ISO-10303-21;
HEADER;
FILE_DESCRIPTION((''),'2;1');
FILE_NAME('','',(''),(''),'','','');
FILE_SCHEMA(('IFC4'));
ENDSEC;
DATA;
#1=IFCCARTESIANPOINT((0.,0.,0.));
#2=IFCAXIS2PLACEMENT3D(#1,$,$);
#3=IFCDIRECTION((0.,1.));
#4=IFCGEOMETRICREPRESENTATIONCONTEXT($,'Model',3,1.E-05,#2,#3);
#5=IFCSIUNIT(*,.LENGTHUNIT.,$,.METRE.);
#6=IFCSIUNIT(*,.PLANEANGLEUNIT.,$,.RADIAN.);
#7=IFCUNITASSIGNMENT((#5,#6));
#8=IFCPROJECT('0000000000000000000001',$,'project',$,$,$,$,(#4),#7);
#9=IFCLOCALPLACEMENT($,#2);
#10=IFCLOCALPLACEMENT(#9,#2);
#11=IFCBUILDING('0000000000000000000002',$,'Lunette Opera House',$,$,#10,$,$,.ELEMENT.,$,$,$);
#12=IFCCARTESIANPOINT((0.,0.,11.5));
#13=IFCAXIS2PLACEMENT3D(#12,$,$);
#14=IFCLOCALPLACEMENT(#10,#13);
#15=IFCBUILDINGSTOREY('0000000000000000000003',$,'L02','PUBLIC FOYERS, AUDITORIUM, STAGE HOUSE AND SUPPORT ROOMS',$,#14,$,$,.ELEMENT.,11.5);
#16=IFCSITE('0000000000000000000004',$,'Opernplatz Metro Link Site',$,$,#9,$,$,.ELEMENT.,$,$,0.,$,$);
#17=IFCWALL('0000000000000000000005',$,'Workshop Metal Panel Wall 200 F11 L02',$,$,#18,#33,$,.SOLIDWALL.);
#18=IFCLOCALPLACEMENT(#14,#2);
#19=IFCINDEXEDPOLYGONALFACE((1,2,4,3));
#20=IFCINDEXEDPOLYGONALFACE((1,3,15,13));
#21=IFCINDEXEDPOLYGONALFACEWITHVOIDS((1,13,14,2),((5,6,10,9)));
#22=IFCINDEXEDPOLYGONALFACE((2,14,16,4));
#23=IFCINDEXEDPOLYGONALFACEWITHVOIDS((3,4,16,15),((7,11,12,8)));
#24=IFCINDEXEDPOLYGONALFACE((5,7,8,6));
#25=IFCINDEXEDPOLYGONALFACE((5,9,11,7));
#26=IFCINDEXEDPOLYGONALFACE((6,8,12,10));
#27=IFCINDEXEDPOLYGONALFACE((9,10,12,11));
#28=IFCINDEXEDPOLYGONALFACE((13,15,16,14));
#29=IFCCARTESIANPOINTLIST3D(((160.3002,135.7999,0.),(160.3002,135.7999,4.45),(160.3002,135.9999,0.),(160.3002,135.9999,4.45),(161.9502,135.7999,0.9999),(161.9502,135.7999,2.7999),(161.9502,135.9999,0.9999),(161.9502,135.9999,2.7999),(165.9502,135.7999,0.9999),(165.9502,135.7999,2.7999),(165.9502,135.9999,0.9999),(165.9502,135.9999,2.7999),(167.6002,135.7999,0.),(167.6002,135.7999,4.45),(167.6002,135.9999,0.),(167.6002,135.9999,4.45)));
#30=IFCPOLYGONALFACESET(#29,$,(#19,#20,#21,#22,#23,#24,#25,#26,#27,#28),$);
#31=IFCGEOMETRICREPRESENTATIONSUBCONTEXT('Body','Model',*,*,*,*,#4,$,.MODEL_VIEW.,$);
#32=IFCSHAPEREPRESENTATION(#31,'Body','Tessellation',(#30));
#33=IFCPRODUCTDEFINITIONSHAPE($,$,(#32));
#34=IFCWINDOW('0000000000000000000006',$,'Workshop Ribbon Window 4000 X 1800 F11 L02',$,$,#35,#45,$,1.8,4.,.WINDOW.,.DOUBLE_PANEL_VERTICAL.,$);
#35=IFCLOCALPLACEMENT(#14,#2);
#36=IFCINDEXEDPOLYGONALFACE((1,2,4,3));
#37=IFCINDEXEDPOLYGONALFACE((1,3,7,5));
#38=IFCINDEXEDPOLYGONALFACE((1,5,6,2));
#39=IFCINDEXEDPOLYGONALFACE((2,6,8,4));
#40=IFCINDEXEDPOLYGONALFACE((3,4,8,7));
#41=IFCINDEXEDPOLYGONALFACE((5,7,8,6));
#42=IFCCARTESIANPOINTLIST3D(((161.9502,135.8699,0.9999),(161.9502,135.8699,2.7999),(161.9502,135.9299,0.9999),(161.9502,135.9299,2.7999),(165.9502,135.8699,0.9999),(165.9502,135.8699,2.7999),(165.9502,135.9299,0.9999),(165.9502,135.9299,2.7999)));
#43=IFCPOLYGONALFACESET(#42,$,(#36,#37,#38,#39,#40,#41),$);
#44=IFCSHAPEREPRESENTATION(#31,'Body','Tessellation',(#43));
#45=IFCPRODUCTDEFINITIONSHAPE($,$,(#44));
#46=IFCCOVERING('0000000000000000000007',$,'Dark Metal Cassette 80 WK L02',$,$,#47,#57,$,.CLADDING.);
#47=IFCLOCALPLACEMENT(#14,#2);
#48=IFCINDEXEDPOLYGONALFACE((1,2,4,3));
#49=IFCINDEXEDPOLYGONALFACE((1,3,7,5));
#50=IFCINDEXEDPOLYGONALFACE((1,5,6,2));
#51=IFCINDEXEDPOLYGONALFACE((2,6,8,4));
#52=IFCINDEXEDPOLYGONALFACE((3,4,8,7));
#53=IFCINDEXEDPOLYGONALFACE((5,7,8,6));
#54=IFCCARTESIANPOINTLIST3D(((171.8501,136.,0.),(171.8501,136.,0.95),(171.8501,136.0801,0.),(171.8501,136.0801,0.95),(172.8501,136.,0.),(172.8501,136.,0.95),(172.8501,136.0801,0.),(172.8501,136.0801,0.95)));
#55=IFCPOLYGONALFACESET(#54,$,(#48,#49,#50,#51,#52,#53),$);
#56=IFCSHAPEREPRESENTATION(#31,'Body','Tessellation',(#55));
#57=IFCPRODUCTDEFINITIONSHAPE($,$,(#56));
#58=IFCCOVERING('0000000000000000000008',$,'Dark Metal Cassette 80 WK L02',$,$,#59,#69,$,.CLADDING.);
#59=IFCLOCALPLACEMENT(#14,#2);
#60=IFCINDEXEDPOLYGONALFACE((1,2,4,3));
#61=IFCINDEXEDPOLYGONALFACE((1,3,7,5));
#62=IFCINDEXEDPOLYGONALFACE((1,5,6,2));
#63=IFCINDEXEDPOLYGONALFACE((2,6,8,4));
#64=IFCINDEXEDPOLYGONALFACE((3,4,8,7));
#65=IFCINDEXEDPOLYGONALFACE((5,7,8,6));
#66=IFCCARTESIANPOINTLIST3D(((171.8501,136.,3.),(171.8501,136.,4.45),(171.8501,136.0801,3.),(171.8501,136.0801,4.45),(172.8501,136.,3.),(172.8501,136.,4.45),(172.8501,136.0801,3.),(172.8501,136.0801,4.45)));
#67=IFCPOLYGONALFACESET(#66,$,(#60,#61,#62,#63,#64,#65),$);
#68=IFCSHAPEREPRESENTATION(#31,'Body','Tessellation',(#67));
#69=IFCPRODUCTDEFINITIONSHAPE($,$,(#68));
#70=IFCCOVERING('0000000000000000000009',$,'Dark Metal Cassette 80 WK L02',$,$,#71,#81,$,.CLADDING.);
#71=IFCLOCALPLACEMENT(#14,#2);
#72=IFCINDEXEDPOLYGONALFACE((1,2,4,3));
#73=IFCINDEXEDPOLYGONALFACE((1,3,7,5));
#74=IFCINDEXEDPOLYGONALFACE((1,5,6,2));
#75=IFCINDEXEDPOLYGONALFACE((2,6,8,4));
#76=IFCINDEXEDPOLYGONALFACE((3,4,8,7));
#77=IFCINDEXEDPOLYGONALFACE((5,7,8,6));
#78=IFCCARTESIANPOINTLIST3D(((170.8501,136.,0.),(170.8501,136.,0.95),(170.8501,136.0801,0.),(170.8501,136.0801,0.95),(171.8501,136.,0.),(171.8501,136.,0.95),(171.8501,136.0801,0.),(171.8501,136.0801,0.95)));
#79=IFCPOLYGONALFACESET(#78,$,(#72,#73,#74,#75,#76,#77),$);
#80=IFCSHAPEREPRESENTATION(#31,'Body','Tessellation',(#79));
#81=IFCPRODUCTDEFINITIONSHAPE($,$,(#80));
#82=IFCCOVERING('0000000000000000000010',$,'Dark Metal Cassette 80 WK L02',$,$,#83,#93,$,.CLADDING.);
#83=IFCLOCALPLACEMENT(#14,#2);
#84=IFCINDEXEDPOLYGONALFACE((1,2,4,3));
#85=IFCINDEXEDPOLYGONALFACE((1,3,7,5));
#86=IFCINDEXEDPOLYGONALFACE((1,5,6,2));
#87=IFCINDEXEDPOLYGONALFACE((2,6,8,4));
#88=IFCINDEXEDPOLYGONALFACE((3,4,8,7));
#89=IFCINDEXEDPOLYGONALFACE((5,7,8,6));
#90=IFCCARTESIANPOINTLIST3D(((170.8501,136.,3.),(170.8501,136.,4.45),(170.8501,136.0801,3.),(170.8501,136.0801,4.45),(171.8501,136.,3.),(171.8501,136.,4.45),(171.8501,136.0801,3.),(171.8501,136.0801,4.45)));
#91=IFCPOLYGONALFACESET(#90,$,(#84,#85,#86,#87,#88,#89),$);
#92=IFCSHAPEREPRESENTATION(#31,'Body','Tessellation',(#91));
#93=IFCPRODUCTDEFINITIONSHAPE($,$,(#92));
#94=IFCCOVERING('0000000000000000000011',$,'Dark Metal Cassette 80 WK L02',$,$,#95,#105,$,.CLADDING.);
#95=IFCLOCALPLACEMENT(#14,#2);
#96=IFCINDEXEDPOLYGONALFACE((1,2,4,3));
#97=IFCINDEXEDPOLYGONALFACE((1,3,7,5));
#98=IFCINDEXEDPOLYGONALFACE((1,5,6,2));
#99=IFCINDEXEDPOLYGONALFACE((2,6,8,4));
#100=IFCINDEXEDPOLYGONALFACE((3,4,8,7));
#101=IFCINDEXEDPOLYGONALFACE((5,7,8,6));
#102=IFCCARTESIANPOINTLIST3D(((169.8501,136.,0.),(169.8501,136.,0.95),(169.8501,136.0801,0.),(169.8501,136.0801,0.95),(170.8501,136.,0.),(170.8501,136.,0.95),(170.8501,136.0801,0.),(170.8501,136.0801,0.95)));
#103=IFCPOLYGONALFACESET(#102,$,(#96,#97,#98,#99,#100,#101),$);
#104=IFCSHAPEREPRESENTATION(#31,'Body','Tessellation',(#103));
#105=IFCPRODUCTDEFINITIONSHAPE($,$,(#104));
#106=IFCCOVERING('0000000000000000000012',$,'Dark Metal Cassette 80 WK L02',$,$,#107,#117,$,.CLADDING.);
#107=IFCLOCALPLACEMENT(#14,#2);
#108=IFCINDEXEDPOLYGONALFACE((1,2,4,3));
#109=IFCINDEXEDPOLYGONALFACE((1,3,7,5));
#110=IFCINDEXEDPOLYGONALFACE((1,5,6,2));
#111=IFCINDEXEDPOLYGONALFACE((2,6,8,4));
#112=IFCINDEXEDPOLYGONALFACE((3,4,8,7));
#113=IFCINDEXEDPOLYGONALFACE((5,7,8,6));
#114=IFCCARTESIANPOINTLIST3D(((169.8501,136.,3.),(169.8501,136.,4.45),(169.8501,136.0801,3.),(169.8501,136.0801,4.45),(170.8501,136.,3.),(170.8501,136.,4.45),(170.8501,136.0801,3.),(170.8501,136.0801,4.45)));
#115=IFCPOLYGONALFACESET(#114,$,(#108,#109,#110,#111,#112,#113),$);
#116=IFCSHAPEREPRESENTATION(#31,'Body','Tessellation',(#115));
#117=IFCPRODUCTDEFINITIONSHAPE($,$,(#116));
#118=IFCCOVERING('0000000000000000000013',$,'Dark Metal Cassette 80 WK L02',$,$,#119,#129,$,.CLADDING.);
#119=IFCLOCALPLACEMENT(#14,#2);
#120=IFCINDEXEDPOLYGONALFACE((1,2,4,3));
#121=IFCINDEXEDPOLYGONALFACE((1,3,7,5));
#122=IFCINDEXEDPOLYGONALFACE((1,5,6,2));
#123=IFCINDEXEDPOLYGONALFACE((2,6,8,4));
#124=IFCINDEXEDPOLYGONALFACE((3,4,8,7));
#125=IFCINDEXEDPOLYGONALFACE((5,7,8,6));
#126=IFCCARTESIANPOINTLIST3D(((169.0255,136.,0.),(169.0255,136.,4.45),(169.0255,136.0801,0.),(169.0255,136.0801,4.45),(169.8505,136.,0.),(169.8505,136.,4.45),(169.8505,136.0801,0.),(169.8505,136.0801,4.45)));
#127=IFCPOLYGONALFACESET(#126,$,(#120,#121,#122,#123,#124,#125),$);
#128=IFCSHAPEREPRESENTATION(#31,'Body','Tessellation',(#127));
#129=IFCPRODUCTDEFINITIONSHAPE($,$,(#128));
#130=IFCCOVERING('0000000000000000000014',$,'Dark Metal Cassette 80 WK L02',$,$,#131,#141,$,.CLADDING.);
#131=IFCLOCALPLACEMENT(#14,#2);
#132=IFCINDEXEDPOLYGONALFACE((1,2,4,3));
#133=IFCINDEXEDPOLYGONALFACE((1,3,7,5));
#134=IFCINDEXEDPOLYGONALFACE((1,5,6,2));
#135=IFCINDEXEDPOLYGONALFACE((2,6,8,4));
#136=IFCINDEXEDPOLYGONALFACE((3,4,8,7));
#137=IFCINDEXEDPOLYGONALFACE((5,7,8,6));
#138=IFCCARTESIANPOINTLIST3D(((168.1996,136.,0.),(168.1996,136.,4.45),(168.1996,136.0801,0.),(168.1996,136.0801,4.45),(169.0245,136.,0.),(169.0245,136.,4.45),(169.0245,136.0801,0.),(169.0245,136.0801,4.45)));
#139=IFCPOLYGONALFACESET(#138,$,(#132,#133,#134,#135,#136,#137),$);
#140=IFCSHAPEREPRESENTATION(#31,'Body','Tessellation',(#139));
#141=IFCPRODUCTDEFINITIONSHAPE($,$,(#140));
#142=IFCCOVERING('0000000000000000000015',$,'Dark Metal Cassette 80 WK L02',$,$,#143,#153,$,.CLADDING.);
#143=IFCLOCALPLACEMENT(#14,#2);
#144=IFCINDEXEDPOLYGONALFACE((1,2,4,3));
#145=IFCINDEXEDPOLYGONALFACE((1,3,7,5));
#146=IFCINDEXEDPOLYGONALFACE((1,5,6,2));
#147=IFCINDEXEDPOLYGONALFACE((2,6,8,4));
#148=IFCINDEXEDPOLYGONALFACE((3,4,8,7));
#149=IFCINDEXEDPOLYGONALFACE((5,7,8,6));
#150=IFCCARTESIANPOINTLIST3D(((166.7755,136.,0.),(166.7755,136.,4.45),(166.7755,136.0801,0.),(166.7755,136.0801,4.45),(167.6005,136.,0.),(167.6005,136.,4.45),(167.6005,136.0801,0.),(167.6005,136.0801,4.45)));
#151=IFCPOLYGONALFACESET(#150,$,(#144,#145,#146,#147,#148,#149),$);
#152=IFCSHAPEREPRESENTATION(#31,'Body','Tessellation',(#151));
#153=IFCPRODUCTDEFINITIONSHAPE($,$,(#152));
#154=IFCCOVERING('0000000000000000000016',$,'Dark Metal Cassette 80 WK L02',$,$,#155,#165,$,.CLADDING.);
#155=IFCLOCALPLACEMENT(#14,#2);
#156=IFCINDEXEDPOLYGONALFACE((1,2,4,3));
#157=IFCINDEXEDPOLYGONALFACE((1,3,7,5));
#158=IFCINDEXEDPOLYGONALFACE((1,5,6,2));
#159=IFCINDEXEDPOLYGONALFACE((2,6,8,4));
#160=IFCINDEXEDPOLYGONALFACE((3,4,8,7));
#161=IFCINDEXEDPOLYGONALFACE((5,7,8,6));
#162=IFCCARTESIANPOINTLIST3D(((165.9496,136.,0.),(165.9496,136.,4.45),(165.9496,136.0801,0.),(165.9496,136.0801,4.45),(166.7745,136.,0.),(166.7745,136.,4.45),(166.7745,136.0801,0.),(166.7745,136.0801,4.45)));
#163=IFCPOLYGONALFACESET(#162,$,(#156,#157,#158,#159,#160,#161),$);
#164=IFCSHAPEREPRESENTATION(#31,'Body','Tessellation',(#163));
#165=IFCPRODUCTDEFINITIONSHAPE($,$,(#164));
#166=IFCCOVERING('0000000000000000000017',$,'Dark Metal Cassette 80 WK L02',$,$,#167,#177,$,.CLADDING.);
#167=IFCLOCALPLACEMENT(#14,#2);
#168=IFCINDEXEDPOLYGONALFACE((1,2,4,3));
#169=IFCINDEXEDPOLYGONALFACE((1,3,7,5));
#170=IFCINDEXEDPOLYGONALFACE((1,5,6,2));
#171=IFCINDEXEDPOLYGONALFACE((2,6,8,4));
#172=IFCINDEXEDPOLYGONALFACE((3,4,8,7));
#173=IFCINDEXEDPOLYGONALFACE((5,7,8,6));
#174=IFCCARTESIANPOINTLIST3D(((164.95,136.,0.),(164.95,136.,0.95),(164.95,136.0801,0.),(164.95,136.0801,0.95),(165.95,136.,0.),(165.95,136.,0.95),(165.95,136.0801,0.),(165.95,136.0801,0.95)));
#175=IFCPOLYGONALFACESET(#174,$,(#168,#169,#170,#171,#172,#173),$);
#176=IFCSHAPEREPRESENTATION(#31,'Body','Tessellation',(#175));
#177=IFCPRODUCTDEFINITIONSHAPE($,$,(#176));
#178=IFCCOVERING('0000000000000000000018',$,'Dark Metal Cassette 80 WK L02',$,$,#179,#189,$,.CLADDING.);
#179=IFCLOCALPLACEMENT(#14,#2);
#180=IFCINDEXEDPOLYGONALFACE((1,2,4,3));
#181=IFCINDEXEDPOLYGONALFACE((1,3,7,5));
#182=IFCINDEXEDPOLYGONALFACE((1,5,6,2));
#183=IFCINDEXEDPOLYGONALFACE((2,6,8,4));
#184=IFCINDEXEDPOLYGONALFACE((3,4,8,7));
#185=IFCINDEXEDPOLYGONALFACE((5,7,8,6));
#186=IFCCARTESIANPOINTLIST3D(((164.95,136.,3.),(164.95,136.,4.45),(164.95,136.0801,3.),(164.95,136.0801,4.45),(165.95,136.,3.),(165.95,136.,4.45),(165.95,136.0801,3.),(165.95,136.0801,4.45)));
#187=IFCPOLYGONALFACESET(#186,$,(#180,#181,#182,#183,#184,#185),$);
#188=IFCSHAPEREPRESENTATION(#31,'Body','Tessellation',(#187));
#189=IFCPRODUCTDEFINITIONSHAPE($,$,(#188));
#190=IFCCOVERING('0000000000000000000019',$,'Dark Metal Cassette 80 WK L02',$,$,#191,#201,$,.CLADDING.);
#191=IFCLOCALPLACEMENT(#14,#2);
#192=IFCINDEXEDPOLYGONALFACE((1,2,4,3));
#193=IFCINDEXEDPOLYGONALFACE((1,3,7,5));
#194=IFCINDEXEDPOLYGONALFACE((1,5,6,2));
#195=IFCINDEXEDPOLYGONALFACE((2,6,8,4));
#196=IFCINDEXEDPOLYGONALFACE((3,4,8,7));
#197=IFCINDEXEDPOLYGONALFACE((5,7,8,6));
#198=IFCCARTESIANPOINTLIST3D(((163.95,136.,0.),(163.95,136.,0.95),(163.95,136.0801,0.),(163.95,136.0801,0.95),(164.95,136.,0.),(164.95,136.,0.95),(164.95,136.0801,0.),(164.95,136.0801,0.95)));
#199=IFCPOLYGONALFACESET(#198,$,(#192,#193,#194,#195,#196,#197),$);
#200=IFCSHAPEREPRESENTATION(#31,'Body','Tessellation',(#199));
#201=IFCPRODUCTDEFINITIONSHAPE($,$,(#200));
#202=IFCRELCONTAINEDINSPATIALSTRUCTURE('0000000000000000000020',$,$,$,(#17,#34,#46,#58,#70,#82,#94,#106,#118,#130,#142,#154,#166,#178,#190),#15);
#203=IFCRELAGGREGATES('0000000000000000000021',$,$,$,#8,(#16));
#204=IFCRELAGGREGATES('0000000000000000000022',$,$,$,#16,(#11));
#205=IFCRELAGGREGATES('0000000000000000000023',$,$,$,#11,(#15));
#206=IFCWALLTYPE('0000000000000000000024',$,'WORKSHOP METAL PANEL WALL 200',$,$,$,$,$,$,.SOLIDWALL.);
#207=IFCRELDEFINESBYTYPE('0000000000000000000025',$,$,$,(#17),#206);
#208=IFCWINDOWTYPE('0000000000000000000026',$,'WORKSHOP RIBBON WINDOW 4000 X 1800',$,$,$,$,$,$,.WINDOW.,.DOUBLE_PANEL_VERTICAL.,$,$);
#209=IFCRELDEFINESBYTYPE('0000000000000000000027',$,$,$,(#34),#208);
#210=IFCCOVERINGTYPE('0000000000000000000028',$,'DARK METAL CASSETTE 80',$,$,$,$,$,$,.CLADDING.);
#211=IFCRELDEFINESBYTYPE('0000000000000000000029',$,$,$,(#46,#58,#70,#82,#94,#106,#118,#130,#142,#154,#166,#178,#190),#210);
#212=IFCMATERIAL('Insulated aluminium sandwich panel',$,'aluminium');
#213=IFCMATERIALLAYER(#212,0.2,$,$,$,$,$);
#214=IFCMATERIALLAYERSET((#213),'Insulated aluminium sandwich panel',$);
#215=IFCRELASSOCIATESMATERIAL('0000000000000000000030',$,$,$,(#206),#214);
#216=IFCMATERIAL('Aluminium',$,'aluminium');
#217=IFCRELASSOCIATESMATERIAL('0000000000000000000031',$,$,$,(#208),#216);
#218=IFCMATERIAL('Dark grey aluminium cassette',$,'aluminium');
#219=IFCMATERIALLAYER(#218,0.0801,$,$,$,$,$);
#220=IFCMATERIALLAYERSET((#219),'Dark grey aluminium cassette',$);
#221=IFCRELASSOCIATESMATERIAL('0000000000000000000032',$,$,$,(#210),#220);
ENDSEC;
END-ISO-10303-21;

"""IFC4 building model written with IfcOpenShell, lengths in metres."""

from ifc_helpers import new_model, si_unit, direction, frame, frame_2d, origin, origin_2d, place, context, subcontext, project, spatial, rectangle, extrude, material, layer, layer_set, type_object, element, fill, save


model = new_model("IFC4")

# Units and contexts
model_context = context("Model", 3, precision=1e-05, world=origin(), true_north=direction((0.0, 1.0)))
body_context = subcontext(model_context, "Body", "Model", "MODEL_VIEW")
ifc_project = project(units=[si_unit("LENGTHUNIT", "METRE"), si_unit("PLANEANGLEUNIT", "RADIAN")], contexts=[model_context])

# Site, building, storey
site_placement = place(None, origin())
site = spatial("IfcSite", under=ifc_project, at=site_placement, Name="Opernplatz Metro Link Site", CompositionType="ELEMENT", RefElevation=0.0)
building_placement = place(site_placement, origin())
building = spatial("IfcBuilding", under=site, at=building_placement, Name="Lunette Opera House", CompositionType="ELEMENT")
storey_placement = place(building_placement, frame((0.0, 0.0, 11.5)))
storey = spatial("IfcBuildingStorey", under=building, at=storey_placement, Name="L02", Description="PUBLIC FOYERS, AUDITORIUM, STAGE HOUSE AND SUPPORT ROOMS", CompositionType="ELEMENT", Elevation=11.5)

# Wall, opening, window
ifc_material_1 = material(Name="Insulated aluminium sandwich panel", Category="aluminium")
ifc_layer_1 = layer(ifc_material_1, 0.2)
ifc_layer_set_1 = layer_set([ifc_layer_1], Name="Insulated aluminium sandwich panel")
wall_type = type_object("IfcWallType", Name="WORKSHOP METAL PANEL WALL 200", PredefinedType="SOLIDWALL", material=ifc_layer_set_1)
wall_placement = place(storey_placement, frame((167.6001, 135.8999, 0.0), z_axis=(0.0, 0.0, 1.0), x_axis=(-1.0, 0.0, 0.0)))
wall = element("IfcWall", 1, at=wall_placement, inside=storey, type_object=wall_type, Name="Workshop Metal Panel Wall 200 F11 L02", PredefinedType="SOLIDWALL", context=body_context, shape_type="SweptSolid", body=[
    extrude(rectangle(XDim=7.3, YDim=0.2, at=frame_2d((3.6499, 0.0))), origin(), (0.0, 0.0, 1.0), 4.45),
])
opening_placement = place(wall_placement, frame((1.6499, 0.0, 1.0)))
opening = element("IfcOpeningElement", 2, at=opening_placement, cuts=wall, PredefinedType="OPENING", context=body_context, shape_type="SweptSolid", body=[
    extrude(rectangle(XDim=4.0, YDim=1.8, at=frame_2d((2.0, 0.8999))), frame((0.0, 0.1121, 0.0), z_axis=(0.0, -1.0, 0.0), x_axis=(1.0, 0.0, 0.0)), (0.0, 0.0, 1.0), 0.2239),
])
ifc_material_2 = material(Name="Aluminium", Category="aluminium")
window_type = type_object("IfcWindowType", Name="WORKSHOP RIBBON WINDOW 4000 X 1800", PartitioningType="DOUBLE_PANEL_VERTICAL", PredefinedType="WINDOW", material=ifc_material_2)
window_placement = place(opening_placement, origin())
window = element("IfcWindow", 3, at=window_placement, inside=storey, type_object=window_type, Name="Workshop Ribbon Window 4000 X 1800 F11 L02", OverallHeight=1.8, OverallWidth=4.0, PartitioningType="DOUBLE_PANEL_VERTICAL", PredefinedType="WINDOW", context=body_context, shape_type="SweptSolid", body=[
    extrude(rectangle(XDim=4.0, YDim=1.8, at=frame_2d((2.0, 0.8999))), frame((0.0, 0.03, 0.0), z_axis=(0.0, -1.0, 0.0), x_axis=(1.0, 0.0, 0.0)), (0.0, 0.0, 1.0), 0.0601),
])
fill(opening, window)

# Coverings
ifc_material_3 = material(Name="Dark grey aluminium cassette", Category="aluminium")
ifc_layer_2 = layer(ifc_material_3, 0.0801)
ifc_layer_set_2 = layer_set([ifc_layer_2], Name="Dark grey aluminium cassette")
covering_type = type_object("IfcCoveringType", Name="DARK METAL CASSETTE 80", PredefinedType="CLADDING", material=ifc_layer_set_2)
covering_1_placement = place(storey_placement, frame((172.3501, 136.04, 0.0), z_axis=(0.0, 0.0, 1.0), x_axis=(-1.0, 0.0, 0.0)))
element("IfcCovering", 4, at=covering_1_placement, inside=storey, type_object=covering_type, Name="Dark Metal Cassette 80 WK L02", PredefinedType="CLADDING", context=body_context, shape_type="SweptSolid", body=[
    extrude(rectangle(XDim=1.0, YDim=0.0801, at=origin_2d()), origin(), (0.0, 0.0, 1.0), 0.95),
])
covering_2_placement = place(storey_placement, frame((172.3501, 136.04, 3.0), z_axis=(0.0, 0.0, 1.0), x_axis=(-1.0, 0.0, 0.0)))
element("IfcCovering", 5, at=covering_2_placement, inside=storey, type_object=covering_type, Name="Dark Metal Cassette 80 WK L02", PredefinedType="CLADDING", context=body_context, shape_type="SweptSolid", body=[
    extrude(rectangle(XDim=1.0, YDim=0.0801, at=origin_2d()), origin(), (0.0, 0.0, 1.0), 1.45),
])
covering_3_placement = place(storey_placement, frame((171.3501, 136.04, 0.0), z_axis=(0.0, 0.0, 1.0), x_axis=(-1.0, 0.0, 0.0)))
element("IfcCovering", 6, at=covering_3_placement, inside=storey, type_object=covering_type, Name="Dark Metal Cassette 80 WK L02", PredefinedType="CLADDING", context=body_context, shape_type="SweptSolid", body=[
    extrude(rectangle(XDim=1.0, YDim=0.0801, at=origin_2d()), origin(), (0.0, 0.0, 1.0), 0.95),
])
covering_4_placement = place(storey_placement, frame((171.3501, 136.04, 3.0), z_axis=(0.0, 0.0, 1.0), x_axis=(-1.0, 0.0, 0.0)))
element("IfcCovering", 7, at=covering_4_placement, inside=storey, type_object=covering_type, Name="Dark Metal Cassette 80 WK L02", PredefinedType="CLADDING", context=body_context, shape_type="SweptSolid", body=[
    extrude(rectangle(XDim=1.0, YDim=0.0801, at=origin_2d()), origin(), (0.0, 0.0, 1.0), 1.45),
])
covering_5_placement = place(storey_placement, frame((170.3501, 136.04, 0.0), z_axis=(0.0, 0.0, 1.0), x_axis=(-1.0, 0.0, 0.0)))
element("IfcCovering", 8, at=covering_5_placement, inside=storey, type_object=covering_type, Name="Dark Metal Cassette 80 WK L02", PredefinedType="CLADDING", context=body_context, shape_type="SweptSolid", body=[
    extrude(rectangle(XDim=1.0, YDim=0.0801, at=origin_2d()), origin(), (0.0, 0.0, 1.0), 0.95),
])
covering_6_placement = place(storey_placement, frame((170.3501, 136.04, 3.0), z_axis=(0.0, 0.0, 1.0), x_axis=(-1.0, 0.0, 0.0)))
element("IfcCovering", 9, at=covering_6_placement, inside=storey, type_object=covering_type, Name="Dark Metal Cassette 80 WK L02", PredefinedType="CLADDING", context=body_context, shape_type="SweptSolid", body=[
    extrude(rectangle(XDim=1.0, YDim=0.0801, at=origin_2d()), origin(), (0.0, 0.0, 1.0), 1.45),
])
for number, where, z_axis, x_axis, name in (
    (10, (169.438, 136.04, 0.0), (0.0, 0.0, 1.0), (-1.0, 0.0, 0.0), "Dark Metal Cassette 80 WK L02"),
    (11, (168.6121, 136.04, 0.0), (0.0, 0.0, 1.0), (-1.0, 0.0, 0.0), "Dark Metal Cassette 80 WK L02"),
    (12, (167.188, 136.04, 0.0), (0.0, 0.0, 1.0), (-1.0, 0.0, 0.0), "Dark Metal Cassette 80 WK L02"),
    (13, (166.3621, 136.04, 0.0), (0.0, 0.0, 1.0), (-1.0, 0.0, 0.0), "Dark Metal Cassette 80 WK L02"),
):
    element("IfcCovering", number, at=place(storey_placement, frame(where, z_axis=z_axis, x_axis=x_axis)), inside=storey, type_object=covering_type, Name=name, PredefinedType="CLADDING", context=body_context, shape_type="SweptSolid", body=[
        extrude(rectangle(XDim=0.825, YDim=0.0801, at=origin_2d()), origin(), (0.0, 0.0, 1.0), 4.45),
    ])
covering_7_placement = place(storey_placement, frame((165.45, 136.04, 0.0), z_axis=(0.0, 0.0, 1.0), x_axis=(-1.0, 0.0, 0.0)))
element("IfcCovering", 14, at=covering_7_placement, inside=storey, type_object=covering_type, Name="Dark Metal Cassette 80 WK L02", PredefinedType="CLADDING", context=body_context, shape_type="SweptSolid", body=[
    extrude(rectangle(XDim=1.0, YDim=0.0801, at=origin_2d()), origin(), (0.0, 0.0, 1.0), 0.95),
])
covering_8_placement = place(storey_placement, frame((165.45, 136.04, 3.0), z_axis=(0.0, 0.0, 1.0), x_axis=(-1.0, 0.0, 0.0)))
element("IfcCovering", 15, at=covering_8_placement, inside=storey, type_object=covering_type, Name="Dark Metal Cassette 80 WK L02", PredefinedType="CLADDING", context=body_context, shape_type="SweptSolid", body=[
    extrude(rectangle(XDim=1.0, YDim=0.0801, at=origin_2d()), origin(), (0.0, 0.0, 1.0), 1.45),
])
covering_9_placement = place(storey_placement, frame((164.45, 136.04, 0.0), z_axis=(0.0, 0.0, 1.0), x_axis=(-1.0, 0.0, 0.0)))
element("IfcCovering", 16, at=covering_9_placement, inside=storey, type_object=covering_type, Name="Dark Metal Cassette 80 WK L02", PredefinedType="CLADDING", context=body_context, shape_type="SweptSolid", body=[
    extrude(rectangle(XDim=1.0, YDim=0.0801, at=origin_2d()), origin(), (0.0, 0.0, 1.0), 0.95),
])

save(model, "model.ifc")
